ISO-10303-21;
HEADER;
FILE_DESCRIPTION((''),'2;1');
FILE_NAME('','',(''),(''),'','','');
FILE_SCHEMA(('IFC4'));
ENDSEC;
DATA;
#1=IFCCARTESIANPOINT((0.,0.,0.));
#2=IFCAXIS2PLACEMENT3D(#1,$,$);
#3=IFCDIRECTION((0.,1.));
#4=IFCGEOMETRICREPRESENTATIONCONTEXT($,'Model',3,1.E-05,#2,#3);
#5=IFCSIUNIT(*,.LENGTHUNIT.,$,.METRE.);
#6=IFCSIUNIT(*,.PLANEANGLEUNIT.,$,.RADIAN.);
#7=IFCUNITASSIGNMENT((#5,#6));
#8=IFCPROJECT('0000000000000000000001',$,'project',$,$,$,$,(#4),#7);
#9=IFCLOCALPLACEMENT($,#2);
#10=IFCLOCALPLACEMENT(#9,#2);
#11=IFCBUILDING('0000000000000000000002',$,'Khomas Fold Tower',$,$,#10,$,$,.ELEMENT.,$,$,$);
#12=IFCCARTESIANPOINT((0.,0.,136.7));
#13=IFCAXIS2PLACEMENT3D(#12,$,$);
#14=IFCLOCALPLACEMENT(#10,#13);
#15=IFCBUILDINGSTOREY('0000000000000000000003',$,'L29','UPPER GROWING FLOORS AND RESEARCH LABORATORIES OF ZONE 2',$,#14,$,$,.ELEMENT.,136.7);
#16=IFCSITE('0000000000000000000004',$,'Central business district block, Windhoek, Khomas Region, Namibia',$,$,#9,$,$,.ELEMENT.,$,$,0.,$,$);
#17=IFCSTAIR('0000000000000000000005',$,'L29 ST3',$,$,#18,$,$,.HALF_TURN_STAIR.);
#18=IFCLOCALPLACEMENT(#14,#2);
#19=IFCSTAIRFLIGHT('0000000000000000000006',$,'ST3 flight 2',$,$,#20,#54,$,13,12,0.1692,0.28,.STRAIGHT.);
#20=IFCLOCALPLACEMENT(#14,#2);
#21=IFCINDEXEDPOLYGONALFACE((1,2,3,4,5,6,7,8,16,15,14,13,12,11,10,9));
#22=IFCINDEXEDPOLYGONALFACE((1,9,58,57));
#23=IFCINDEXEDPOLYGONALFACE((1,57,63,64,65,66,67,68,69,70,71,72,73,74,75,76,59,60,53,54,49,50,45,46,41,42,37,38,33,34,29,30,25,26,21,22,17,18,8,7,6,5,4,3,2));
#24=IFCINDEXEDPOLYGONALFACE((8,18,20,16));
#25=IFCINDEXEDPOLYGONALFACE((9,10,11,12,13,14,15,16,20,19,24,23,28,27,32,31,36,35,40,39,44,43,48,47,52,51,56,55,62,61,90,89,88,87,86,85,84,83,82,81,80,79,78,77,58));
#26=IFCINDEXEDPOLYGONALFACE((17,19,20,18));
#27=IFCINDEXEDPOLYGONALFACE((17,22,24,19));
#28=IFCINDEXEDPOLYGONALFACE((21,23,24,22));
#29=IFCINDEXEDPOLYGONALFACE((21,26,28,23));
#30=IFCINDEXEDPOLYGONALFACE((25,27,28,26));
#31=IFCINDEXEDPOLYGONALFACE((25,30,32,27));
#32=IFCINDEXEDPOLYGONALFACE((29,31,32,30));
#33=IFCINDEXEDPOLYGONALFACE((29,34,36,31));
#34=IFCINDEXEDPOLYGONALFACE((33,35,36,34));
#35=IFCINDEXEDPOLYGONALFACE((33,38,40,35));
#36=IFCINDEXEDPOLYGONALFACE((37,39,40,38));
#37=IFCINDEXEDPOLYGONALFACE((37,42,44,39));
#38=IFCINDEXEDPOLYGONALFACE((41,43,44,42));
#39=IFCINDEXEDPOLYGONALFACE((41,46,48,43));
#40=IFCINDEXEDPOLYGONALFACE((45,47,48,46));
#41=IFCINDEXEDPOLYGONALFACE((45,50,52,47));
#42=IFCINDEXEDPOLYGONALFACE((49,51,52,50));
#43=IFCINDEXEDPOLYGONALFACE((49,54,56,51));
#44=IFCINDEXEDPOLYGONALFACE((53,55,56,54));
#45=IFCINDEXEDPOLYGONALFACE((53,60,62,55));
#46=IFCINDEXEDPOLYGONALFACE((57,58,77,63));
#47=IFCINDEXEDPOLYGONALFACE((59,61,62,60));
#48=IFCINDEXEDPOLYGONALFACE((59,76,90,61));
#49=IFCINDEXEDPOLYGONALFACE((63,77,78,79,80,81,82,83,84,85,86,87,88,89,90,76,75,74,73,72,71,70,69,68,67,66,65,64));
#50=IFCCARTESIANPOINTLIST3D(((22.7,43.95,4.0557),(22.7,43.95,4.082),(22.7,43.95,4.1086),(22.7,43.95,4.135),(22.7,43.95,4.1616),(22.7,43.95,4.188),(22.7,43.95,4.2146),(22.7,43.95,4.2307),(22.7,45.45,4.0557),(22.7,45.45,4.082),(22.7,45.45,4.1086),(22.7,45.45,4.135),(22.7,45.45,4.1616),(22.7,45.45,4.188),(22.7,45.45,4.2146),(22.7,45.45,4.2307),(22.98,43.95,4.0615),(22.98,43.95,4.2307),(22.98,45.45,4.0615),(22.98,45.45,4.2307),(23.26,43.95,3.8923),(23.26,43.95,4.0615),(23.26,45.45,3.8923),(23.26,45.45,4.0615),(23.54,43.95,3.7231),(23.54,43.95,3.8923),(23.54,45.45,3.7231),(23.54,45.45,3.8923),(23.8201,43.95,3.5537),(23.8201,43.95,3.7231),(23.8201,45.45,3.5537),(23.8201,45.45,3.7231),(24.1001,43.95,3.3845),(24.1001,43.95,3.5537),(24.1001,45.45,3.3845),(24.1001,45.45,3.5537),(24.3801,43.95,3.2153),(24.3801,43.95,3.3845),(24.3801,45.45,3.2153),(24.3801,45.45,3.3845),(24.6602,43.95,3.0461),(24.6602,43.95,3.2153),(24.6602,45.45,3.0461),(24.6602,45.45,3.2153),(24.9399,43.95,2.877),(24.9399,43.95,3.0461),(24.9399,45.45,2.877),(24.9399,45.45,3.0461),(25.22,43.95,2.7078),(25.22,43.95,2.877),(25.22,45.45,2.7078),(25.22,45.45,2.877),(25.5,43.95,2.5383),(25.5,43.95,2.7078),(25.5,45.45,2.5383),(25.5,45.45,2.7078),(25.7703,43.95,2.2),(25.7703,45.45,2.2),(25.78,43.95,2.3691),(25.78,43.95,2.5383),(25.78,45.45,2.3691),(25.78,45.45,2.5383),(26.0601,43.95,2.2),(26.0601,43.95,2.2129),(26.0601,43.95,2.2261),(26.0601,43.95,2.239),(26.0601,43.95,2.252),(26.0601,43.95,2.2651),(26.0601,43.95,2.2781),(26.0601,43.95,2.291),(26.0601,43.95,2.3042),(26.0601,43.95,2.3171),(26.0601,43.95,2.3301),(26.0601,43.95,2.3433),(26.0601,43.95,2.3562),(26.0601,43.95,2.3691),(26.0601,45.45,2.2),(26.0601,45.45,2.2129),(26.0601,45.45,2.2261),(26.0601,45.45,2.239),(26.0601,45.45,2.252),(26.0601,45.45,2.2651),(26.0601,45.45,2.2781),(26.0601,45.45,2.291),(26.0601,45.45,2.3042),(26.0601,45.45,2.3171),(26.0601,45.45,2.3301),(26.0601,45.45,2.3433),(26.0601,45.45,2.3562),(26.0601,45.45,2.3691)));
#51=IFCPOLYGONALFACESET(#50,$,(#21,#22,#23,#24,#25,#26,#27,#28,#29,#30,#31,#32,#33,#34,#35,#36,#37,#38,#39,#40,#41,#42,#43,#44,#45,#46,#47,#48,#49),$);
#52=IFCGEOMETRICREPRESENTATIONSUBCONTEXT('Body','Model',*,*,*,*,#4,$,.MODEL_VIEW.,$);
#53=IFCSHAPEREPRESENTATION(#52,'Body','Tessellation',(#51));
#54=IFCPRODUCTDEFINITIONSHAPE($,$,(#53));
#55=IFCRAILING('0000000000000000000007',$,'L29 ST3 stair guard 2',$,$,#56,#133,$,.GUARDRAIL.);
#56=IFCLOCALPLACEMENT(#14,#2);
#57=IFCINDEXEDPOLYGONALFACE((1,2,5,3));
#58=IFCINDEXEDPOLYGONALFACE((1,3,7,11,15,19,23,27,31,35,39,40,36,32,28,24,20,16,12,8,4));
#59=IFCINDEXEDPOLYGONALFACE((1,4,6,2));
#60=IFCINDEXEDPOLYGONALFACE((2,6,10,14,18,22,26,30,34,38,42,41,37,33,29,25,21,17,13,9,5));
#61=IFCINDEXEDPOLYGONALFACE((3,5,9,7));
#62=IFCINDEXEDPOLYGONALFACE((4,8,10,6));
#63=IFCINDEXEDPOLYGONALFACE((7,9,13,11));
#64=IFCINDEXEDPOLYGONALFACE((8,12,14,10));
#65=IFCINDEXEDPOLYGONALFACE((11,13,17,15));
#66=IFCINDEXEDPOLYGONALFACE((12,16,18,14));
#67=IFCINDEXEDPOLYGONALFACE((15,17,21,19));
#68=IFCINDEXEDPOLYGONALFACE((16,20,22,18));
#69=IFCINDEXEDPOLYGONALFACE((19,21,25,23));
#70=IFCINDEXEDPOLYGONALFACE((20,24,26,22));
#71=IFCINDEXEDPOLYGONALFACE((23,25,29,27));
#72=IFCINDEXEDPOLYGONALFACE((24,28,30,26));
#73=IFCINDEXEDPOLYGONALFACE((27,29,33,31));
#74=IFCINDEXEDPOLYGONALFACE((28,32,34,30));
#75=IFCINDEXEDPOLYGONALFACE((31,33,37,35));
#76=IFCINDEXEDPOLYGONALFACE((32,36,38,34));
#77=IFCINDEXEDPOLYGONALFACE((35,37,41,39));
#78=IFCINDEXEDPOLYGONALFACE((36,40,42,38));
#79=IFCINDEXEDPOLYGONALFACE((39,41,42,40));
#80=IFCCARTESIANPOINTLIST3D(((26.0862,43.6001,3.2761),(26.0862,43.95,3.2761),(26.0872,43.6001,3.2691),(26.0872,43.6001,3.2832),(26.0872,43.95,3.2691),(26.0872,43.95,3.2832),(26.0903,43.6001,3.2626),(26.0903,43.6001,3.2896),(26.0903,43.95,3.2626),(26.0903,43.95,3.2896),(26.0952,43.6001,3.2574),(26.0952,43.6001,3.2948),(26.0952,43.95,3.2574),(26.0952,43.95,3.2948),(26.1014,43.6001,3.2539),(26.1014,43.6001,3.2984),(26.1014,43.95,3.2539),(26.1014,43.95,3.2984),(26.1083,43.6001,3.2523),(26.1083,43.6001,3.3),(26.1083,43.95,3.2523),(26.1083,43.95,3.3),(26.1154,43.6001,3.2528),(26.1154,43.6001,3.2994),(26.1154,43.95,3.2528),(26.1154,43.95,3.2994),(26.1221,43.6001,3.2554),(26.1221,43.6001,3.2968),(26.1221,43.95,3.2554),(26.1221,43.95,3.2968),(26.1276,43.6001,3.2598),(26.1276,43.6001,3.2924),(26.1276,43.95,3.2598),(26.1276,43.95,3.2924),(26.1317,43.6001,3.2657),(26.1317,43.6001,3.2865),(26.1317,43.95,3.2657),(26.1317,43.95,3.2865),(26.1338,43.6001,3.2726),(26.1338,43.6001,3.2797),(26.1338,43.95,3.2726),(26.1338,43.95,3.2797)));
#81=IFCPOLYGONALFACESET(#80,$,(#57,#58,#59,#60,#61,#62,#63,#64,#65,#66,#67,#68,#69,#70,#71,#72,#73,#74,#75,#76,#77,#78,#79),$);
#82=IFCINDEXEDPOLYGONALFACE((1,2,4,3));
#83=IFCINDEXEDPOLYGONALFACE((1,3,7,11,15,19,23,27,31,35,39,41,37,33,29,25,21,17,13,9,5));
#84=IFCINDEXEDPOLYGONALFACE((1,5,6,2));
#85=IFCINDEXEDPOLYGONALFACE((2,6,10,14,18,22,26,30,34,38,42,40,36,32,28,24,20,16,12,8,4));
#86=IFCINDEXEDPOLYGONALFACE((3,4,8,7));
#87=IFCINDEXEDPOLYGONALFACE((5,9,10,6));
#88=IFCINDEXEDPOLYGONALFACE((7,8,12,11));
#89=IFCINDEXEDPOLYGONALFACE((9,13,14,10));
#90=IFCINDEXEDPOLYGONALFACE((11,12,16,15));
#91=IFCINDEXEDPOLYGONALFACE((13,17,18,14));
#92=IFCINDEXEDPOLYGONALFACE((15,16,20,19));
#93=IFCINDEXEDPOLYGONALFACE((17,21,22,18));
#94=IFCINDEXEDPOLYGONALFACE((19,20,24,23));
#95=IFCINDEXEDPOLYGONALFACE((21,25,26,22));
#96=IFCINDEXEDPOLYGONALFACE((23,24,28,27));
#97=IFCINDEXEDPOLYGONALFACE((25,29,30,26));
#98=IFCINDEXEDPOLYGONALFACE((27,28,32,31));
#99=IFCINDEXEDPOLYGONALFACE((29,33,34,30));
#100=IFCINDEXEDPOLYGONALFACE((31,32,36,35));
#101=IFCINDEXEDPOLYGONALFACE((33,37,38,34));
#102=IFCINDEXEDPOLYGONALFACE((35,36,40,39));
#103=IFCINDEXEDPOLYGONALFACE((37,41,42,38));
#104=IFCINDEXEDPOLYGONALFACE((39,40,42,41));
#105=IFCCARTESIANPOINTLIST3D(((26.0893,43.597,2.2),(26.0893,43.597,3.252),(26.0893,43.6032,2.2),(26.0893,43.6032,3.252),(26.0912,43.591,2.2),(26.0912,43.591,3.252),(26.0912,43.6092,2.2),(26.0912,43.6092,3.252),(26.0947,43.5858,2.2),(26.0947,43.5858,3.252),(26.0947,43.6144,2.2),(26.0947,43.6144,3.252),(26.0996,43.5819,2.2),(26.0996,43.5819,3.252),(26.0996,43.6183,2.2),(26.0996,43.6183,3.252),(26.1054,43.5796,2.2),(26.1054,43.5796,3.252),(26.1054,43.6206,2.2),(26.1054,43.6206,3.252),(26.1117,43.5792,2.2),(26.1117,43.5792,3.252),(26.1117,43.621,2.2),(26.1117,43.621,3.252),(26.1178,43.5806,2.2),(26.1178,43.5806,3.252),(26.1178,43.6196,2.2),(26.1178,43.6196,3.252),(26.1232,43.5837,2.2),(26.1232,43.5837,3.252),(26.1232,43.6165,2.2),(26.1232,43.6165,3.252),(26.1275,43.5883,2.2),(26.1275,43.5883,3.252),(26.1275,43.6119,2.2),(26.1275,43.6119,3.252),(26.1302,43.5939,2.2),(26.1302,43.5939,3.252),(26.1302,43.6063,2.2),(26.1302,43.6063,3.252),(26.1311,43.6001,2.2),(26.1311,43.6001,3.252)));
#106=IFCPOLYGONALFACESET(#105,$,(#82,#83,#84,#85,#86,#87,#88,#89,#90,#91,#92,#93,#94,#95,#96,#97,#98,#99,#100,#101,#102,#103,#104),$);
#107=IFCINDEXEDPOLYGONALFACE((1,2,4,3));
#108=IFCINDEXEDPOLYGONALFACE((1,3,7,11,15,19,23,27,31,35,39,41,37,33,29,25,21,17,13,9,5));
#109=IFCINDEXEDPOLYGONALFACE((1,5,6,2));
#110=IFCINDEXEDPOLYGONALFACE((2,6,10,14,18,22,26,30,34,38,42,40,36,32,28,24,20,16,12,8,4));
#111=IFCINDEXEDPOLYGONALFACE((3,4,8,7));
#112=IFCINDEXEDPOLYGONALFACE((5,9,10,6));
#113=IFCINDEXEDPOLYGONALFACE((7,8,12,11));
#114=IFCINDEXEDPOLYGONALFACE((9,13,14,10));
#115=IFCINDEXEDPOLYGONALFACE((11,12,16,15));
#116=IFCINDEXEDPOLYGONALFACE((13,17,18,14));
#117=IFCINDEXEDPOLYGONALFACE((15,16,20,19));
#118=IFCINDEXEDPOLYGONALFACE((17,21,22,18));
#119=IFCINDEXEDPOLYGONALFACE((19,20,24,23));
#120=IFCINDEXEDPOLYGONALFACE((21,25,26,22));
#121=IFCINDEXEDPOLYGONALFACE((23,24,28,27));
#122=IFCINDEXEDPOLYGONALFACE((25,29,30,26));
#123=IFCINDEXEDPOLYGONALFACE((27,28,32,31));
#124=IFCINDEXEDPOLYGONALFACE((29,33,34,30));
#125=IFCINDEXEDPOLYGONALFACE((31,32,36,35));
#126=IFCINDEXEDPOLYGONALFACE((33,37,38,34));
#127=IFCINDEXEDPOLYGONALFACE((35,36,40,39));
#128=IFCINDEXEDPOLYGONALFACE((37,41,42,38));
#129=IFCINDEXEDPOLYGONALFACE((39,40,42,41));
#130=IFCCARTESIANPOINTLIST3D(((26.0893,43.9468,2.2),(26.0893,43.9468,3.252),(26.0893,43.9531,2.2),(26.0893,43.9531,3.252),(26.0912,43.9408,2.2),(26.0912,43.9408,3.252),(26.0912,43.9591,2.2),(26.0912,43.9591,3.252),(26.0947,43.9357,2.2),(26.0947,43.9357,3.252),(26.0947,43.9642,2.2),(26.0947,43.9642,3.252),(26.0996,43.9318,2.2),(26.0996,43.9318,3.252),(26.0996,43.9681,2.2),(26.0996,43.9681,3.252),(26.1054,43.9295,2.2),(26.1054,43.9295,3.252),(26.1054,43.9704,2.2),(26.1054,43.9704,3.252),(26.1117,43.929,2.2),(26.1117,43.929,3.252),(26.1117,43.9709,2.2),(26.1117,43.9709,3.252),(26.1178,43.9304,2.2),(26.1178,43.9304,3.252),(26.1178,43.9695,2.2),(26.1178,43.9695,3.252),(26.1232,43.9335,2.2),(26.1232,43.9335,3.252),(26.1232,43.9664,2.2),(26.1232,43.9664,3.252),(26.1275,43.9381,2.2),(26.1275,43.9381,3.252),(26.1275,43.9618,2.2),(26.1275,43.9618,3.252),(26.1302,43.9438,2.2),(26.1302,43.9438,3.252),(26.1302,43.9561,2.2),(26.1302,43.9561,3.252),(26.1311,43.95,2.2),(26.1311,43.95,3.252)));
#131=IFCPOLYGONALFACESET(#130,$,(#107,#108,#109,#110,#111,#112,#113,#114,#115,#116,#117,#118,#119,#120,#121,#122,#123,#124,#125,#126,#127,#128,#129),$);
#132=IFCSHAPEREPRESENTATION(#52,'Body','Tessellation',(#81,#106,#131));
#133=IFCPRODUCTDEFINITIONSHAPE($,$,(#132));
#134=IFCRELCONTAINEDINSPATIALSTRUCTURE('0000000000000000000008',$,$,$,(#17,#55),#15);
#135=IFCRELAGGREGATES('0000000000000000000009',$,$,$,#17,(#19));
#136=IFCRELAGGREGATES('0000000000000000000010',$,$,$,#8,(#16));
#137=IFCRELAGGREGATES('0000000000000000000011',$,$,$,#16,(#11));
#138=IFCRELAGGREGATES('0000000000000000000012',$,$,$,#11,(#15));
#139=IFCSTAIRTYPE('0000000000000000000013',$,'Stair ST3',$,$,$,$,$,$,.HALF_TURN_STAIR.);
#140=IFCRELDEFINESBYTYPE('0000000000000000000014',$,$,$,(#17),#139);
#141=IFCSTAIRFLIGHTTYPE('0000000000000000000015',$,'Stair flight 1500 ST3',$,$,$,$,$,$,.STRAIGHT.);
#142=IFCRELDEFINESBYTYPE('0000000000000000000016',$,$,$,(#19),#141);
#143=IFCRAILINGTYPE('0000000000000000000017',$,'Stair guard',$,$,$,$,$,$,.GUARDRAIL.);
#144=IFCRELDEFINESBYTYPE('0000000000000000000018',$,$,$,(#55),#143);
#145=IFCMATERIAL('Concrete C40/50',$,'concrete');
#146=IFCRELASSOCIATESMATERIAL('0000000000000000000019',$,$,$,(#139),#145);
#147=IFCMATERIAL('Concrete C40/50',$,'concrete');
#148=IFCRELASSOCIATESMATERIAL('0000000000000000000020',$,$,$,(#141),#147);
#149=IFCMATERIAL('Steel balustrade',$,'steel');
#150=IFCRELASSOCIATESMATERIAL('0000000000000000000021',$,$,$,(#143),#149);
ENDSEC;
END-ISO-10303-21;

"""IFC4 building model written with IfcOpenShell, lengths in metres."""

from ifc_helpers import new_model, si_unit, direction, frame, origin, origin_2d, place, context, subcontext, project, spatial, polyline, circle, outline, extrude, source, transform, mapped, material, type_object, element, aggregate, save


model = new_model("IFC4")

# Units and contexts
model_context = context("Model", 3, precision=1e-05, world=origin(), true_north=direction((0.0, 1.0)))
body_context = subcontext(model_context, "Body", "Model", "MODEL_VIEW")
ifc_project = project(units=[si_unit("LENGTHUNIT", "METRE"), si_unit("PLANEANGLEUNIT", "RADIAN")], contexts=[model_context])

# Site, building, storey
site_placement = place(None, origin())
site = spatial("IfcSite", under=ifc_project, at=site_placement, Name="Central business district block, Windhoek, Khomas Region, Namibia", CompositionType="ELEMENT", RefElevation=0.0)
building_placement = place(site_placement, origin())
building = spatial("IfcBuilding", under=site, at=building_placement, Name="Khomas Fold Tower", CompositionType="ELEMENT")
storey_placement = place(building_placement, frame((0.0, 0.0, 136.7)))
storey = spatial("IfcBuildingStorey", under=building, at=storey_placement, Name="L29", Description="UPPER GROWING FLOORS AND RESEARCH LABORATORIES OF ZONE 2", CompositionType="ELEMENT", Elevation=136.7)

# Stair, stair flight
ifc_material_1 = material(Name="Concrete C40/50", Category="concrete")
stair_type = type_object("IfcStairType", Name="Stair ST3", PredefinedType="HALF_TURN_STAIR", material=ifc_material_1)
stair_placement = place(storey_placement, origin())
stair = element("IfcStair", 1, at=stair_placement, inside=storey, type_object=stair_type, Name="L29 ST3", PredefinedType="HALF_TURN_STAIR")
ifc_material_2 = material(Name="Concrete C40/50", Category="concrete")
stair_flight_type = type_object("IfcStairFlightType", Name="Stair flight 1500 ST3", PredefinedType="STRAIGHT", material=ifc_material_2)
shared_shape_1 = source(origin(), body_context, "Body", "SweptSolid", [
    extrude(outline(polyline([(0.0, 0.0), (0.0, 0.0129), (0.0, 0.0261), (0.0, 0.0391), (0.0, 0.052), (0.0, 0.0652), (0.0, 0.0781), (0.0, 0.0911), (0.0, 0.1042), (0.0, 0.1172), (0.0, 0.1301), (0.0, 0.1433), (0.0, 0.1562), (0.0, 0.1692), (0.28, 0.1692), (0.28, 0.3384), (0.5601, 0.3384), (0.5601, 0.5078), (0.8401, 0.5078), (0.8401, 0.677), (1.1201, 0.677), (1.1201, 0.8462), (1.3999, 0.8462), (1.3999, 1.0154), (1.6799, 1.0154), (1.6799, 1.1846), (1.96, 1.1846), (1.96, 1.3538), (2.24, 1.3538), (2.24, 1.5232), (2.52, 1.5232), (2.52, 1.6924), (2.8, 1.6924), (2.8, 1.8616), (3.0801, 1.8616), (3.0801, 2.0308), (3.3601, 2.0308), (3.3601, 2.2), (3.3601, 2.1736), (3.3601, 2.147), (3.3601, 2.1206), (3.3601, 2.094), (3.3601, 2.0676), (3.3601, 2.041), (3.3601, 2.0146), (3.3601, 1.988), (3.3601, 1.9617), (3.3601, 1.9351), (3.3601, 1.9087), (3.3601, 1.8821), (3.3601, 1.8557), (0.2898, 0.0), (0.0, 0.0)])), frame((0.0, 0.75, 0.0), z_axis=(0.0, -1.0, 0.0), x_axis=(1.0, 0.0, 0.0)), (0.0, 0.0, 1.0), 1.5),
])
stair_flight_1_placement = place(storey_placement, frame((26.0601, 44.7, 2.2), z_axis=(0.0, 0.0, 1.0), x_axis=(-1.0, 0.0, 0.0)))
stair_flight_1 = element("IfcStairFlight", 2, at=stair_flight_1_placement, type_object=stair_flight_type, Name="ST3 flight 2", NumberOfRisers=13, NumberOfTreads=12, PredefinedType="STRAIGHT", RiserHeight=0.1692, TreadLength=0.28, context=body_context, shape_type="MappedRepresentation", body=[
    mapped(shared_shape_1, transform((0.0, 0.0, 0.0))),
])
aggregate(stair, [stair_flight_1])

# Railing
ifc_material_3 = material(Name="Steel balustrade", Category="steel")
railing_type_1 = type_object("IfcRailingType", Name="Stair guard", PredefinedType="GUARDRAIL", material=ifc_material_3)
shared_shape_2 = source(origin(), body_context, "Body", "SweptSolid", [
    extrude(circle(Radius=0.0239, at=origin_2d()), frame((0.0, 0.0, 1.0762), z_axis=(0.0, 1.0, 0.0), x_axis=(-1.0, 0.0, 0.0)), (0.0, 0.0, 1.0), 0.3499),
    extrude(circle(Radius=0.021, at=origin_2d()), origin(), (0.0, 0.0, 1.0), 1.052),
    extrude(circle(Radius=0.021, at=origin_2d()), frame((0.0, 0.3499, 0.0)), (0.0, 0.0, 1.0), 1.052),
])
for number, where, name in (
    (3, (26.1101, 43.6001, 2.2), "L29 ST3 stair guard 2"),
):
    element("IfcRailing", number, at=place(storey_placement, frame(where)), inside=storey, type_object=railing_type_1, Name=name, PredefinedType="GUARDRAIL", context=body_context, shape_type="MappedRepresentation", body=[
        mapped(shared_shape_2, transform((0.0, 0.0, 0.0))),
    ])

save(model, "model.ifc")
